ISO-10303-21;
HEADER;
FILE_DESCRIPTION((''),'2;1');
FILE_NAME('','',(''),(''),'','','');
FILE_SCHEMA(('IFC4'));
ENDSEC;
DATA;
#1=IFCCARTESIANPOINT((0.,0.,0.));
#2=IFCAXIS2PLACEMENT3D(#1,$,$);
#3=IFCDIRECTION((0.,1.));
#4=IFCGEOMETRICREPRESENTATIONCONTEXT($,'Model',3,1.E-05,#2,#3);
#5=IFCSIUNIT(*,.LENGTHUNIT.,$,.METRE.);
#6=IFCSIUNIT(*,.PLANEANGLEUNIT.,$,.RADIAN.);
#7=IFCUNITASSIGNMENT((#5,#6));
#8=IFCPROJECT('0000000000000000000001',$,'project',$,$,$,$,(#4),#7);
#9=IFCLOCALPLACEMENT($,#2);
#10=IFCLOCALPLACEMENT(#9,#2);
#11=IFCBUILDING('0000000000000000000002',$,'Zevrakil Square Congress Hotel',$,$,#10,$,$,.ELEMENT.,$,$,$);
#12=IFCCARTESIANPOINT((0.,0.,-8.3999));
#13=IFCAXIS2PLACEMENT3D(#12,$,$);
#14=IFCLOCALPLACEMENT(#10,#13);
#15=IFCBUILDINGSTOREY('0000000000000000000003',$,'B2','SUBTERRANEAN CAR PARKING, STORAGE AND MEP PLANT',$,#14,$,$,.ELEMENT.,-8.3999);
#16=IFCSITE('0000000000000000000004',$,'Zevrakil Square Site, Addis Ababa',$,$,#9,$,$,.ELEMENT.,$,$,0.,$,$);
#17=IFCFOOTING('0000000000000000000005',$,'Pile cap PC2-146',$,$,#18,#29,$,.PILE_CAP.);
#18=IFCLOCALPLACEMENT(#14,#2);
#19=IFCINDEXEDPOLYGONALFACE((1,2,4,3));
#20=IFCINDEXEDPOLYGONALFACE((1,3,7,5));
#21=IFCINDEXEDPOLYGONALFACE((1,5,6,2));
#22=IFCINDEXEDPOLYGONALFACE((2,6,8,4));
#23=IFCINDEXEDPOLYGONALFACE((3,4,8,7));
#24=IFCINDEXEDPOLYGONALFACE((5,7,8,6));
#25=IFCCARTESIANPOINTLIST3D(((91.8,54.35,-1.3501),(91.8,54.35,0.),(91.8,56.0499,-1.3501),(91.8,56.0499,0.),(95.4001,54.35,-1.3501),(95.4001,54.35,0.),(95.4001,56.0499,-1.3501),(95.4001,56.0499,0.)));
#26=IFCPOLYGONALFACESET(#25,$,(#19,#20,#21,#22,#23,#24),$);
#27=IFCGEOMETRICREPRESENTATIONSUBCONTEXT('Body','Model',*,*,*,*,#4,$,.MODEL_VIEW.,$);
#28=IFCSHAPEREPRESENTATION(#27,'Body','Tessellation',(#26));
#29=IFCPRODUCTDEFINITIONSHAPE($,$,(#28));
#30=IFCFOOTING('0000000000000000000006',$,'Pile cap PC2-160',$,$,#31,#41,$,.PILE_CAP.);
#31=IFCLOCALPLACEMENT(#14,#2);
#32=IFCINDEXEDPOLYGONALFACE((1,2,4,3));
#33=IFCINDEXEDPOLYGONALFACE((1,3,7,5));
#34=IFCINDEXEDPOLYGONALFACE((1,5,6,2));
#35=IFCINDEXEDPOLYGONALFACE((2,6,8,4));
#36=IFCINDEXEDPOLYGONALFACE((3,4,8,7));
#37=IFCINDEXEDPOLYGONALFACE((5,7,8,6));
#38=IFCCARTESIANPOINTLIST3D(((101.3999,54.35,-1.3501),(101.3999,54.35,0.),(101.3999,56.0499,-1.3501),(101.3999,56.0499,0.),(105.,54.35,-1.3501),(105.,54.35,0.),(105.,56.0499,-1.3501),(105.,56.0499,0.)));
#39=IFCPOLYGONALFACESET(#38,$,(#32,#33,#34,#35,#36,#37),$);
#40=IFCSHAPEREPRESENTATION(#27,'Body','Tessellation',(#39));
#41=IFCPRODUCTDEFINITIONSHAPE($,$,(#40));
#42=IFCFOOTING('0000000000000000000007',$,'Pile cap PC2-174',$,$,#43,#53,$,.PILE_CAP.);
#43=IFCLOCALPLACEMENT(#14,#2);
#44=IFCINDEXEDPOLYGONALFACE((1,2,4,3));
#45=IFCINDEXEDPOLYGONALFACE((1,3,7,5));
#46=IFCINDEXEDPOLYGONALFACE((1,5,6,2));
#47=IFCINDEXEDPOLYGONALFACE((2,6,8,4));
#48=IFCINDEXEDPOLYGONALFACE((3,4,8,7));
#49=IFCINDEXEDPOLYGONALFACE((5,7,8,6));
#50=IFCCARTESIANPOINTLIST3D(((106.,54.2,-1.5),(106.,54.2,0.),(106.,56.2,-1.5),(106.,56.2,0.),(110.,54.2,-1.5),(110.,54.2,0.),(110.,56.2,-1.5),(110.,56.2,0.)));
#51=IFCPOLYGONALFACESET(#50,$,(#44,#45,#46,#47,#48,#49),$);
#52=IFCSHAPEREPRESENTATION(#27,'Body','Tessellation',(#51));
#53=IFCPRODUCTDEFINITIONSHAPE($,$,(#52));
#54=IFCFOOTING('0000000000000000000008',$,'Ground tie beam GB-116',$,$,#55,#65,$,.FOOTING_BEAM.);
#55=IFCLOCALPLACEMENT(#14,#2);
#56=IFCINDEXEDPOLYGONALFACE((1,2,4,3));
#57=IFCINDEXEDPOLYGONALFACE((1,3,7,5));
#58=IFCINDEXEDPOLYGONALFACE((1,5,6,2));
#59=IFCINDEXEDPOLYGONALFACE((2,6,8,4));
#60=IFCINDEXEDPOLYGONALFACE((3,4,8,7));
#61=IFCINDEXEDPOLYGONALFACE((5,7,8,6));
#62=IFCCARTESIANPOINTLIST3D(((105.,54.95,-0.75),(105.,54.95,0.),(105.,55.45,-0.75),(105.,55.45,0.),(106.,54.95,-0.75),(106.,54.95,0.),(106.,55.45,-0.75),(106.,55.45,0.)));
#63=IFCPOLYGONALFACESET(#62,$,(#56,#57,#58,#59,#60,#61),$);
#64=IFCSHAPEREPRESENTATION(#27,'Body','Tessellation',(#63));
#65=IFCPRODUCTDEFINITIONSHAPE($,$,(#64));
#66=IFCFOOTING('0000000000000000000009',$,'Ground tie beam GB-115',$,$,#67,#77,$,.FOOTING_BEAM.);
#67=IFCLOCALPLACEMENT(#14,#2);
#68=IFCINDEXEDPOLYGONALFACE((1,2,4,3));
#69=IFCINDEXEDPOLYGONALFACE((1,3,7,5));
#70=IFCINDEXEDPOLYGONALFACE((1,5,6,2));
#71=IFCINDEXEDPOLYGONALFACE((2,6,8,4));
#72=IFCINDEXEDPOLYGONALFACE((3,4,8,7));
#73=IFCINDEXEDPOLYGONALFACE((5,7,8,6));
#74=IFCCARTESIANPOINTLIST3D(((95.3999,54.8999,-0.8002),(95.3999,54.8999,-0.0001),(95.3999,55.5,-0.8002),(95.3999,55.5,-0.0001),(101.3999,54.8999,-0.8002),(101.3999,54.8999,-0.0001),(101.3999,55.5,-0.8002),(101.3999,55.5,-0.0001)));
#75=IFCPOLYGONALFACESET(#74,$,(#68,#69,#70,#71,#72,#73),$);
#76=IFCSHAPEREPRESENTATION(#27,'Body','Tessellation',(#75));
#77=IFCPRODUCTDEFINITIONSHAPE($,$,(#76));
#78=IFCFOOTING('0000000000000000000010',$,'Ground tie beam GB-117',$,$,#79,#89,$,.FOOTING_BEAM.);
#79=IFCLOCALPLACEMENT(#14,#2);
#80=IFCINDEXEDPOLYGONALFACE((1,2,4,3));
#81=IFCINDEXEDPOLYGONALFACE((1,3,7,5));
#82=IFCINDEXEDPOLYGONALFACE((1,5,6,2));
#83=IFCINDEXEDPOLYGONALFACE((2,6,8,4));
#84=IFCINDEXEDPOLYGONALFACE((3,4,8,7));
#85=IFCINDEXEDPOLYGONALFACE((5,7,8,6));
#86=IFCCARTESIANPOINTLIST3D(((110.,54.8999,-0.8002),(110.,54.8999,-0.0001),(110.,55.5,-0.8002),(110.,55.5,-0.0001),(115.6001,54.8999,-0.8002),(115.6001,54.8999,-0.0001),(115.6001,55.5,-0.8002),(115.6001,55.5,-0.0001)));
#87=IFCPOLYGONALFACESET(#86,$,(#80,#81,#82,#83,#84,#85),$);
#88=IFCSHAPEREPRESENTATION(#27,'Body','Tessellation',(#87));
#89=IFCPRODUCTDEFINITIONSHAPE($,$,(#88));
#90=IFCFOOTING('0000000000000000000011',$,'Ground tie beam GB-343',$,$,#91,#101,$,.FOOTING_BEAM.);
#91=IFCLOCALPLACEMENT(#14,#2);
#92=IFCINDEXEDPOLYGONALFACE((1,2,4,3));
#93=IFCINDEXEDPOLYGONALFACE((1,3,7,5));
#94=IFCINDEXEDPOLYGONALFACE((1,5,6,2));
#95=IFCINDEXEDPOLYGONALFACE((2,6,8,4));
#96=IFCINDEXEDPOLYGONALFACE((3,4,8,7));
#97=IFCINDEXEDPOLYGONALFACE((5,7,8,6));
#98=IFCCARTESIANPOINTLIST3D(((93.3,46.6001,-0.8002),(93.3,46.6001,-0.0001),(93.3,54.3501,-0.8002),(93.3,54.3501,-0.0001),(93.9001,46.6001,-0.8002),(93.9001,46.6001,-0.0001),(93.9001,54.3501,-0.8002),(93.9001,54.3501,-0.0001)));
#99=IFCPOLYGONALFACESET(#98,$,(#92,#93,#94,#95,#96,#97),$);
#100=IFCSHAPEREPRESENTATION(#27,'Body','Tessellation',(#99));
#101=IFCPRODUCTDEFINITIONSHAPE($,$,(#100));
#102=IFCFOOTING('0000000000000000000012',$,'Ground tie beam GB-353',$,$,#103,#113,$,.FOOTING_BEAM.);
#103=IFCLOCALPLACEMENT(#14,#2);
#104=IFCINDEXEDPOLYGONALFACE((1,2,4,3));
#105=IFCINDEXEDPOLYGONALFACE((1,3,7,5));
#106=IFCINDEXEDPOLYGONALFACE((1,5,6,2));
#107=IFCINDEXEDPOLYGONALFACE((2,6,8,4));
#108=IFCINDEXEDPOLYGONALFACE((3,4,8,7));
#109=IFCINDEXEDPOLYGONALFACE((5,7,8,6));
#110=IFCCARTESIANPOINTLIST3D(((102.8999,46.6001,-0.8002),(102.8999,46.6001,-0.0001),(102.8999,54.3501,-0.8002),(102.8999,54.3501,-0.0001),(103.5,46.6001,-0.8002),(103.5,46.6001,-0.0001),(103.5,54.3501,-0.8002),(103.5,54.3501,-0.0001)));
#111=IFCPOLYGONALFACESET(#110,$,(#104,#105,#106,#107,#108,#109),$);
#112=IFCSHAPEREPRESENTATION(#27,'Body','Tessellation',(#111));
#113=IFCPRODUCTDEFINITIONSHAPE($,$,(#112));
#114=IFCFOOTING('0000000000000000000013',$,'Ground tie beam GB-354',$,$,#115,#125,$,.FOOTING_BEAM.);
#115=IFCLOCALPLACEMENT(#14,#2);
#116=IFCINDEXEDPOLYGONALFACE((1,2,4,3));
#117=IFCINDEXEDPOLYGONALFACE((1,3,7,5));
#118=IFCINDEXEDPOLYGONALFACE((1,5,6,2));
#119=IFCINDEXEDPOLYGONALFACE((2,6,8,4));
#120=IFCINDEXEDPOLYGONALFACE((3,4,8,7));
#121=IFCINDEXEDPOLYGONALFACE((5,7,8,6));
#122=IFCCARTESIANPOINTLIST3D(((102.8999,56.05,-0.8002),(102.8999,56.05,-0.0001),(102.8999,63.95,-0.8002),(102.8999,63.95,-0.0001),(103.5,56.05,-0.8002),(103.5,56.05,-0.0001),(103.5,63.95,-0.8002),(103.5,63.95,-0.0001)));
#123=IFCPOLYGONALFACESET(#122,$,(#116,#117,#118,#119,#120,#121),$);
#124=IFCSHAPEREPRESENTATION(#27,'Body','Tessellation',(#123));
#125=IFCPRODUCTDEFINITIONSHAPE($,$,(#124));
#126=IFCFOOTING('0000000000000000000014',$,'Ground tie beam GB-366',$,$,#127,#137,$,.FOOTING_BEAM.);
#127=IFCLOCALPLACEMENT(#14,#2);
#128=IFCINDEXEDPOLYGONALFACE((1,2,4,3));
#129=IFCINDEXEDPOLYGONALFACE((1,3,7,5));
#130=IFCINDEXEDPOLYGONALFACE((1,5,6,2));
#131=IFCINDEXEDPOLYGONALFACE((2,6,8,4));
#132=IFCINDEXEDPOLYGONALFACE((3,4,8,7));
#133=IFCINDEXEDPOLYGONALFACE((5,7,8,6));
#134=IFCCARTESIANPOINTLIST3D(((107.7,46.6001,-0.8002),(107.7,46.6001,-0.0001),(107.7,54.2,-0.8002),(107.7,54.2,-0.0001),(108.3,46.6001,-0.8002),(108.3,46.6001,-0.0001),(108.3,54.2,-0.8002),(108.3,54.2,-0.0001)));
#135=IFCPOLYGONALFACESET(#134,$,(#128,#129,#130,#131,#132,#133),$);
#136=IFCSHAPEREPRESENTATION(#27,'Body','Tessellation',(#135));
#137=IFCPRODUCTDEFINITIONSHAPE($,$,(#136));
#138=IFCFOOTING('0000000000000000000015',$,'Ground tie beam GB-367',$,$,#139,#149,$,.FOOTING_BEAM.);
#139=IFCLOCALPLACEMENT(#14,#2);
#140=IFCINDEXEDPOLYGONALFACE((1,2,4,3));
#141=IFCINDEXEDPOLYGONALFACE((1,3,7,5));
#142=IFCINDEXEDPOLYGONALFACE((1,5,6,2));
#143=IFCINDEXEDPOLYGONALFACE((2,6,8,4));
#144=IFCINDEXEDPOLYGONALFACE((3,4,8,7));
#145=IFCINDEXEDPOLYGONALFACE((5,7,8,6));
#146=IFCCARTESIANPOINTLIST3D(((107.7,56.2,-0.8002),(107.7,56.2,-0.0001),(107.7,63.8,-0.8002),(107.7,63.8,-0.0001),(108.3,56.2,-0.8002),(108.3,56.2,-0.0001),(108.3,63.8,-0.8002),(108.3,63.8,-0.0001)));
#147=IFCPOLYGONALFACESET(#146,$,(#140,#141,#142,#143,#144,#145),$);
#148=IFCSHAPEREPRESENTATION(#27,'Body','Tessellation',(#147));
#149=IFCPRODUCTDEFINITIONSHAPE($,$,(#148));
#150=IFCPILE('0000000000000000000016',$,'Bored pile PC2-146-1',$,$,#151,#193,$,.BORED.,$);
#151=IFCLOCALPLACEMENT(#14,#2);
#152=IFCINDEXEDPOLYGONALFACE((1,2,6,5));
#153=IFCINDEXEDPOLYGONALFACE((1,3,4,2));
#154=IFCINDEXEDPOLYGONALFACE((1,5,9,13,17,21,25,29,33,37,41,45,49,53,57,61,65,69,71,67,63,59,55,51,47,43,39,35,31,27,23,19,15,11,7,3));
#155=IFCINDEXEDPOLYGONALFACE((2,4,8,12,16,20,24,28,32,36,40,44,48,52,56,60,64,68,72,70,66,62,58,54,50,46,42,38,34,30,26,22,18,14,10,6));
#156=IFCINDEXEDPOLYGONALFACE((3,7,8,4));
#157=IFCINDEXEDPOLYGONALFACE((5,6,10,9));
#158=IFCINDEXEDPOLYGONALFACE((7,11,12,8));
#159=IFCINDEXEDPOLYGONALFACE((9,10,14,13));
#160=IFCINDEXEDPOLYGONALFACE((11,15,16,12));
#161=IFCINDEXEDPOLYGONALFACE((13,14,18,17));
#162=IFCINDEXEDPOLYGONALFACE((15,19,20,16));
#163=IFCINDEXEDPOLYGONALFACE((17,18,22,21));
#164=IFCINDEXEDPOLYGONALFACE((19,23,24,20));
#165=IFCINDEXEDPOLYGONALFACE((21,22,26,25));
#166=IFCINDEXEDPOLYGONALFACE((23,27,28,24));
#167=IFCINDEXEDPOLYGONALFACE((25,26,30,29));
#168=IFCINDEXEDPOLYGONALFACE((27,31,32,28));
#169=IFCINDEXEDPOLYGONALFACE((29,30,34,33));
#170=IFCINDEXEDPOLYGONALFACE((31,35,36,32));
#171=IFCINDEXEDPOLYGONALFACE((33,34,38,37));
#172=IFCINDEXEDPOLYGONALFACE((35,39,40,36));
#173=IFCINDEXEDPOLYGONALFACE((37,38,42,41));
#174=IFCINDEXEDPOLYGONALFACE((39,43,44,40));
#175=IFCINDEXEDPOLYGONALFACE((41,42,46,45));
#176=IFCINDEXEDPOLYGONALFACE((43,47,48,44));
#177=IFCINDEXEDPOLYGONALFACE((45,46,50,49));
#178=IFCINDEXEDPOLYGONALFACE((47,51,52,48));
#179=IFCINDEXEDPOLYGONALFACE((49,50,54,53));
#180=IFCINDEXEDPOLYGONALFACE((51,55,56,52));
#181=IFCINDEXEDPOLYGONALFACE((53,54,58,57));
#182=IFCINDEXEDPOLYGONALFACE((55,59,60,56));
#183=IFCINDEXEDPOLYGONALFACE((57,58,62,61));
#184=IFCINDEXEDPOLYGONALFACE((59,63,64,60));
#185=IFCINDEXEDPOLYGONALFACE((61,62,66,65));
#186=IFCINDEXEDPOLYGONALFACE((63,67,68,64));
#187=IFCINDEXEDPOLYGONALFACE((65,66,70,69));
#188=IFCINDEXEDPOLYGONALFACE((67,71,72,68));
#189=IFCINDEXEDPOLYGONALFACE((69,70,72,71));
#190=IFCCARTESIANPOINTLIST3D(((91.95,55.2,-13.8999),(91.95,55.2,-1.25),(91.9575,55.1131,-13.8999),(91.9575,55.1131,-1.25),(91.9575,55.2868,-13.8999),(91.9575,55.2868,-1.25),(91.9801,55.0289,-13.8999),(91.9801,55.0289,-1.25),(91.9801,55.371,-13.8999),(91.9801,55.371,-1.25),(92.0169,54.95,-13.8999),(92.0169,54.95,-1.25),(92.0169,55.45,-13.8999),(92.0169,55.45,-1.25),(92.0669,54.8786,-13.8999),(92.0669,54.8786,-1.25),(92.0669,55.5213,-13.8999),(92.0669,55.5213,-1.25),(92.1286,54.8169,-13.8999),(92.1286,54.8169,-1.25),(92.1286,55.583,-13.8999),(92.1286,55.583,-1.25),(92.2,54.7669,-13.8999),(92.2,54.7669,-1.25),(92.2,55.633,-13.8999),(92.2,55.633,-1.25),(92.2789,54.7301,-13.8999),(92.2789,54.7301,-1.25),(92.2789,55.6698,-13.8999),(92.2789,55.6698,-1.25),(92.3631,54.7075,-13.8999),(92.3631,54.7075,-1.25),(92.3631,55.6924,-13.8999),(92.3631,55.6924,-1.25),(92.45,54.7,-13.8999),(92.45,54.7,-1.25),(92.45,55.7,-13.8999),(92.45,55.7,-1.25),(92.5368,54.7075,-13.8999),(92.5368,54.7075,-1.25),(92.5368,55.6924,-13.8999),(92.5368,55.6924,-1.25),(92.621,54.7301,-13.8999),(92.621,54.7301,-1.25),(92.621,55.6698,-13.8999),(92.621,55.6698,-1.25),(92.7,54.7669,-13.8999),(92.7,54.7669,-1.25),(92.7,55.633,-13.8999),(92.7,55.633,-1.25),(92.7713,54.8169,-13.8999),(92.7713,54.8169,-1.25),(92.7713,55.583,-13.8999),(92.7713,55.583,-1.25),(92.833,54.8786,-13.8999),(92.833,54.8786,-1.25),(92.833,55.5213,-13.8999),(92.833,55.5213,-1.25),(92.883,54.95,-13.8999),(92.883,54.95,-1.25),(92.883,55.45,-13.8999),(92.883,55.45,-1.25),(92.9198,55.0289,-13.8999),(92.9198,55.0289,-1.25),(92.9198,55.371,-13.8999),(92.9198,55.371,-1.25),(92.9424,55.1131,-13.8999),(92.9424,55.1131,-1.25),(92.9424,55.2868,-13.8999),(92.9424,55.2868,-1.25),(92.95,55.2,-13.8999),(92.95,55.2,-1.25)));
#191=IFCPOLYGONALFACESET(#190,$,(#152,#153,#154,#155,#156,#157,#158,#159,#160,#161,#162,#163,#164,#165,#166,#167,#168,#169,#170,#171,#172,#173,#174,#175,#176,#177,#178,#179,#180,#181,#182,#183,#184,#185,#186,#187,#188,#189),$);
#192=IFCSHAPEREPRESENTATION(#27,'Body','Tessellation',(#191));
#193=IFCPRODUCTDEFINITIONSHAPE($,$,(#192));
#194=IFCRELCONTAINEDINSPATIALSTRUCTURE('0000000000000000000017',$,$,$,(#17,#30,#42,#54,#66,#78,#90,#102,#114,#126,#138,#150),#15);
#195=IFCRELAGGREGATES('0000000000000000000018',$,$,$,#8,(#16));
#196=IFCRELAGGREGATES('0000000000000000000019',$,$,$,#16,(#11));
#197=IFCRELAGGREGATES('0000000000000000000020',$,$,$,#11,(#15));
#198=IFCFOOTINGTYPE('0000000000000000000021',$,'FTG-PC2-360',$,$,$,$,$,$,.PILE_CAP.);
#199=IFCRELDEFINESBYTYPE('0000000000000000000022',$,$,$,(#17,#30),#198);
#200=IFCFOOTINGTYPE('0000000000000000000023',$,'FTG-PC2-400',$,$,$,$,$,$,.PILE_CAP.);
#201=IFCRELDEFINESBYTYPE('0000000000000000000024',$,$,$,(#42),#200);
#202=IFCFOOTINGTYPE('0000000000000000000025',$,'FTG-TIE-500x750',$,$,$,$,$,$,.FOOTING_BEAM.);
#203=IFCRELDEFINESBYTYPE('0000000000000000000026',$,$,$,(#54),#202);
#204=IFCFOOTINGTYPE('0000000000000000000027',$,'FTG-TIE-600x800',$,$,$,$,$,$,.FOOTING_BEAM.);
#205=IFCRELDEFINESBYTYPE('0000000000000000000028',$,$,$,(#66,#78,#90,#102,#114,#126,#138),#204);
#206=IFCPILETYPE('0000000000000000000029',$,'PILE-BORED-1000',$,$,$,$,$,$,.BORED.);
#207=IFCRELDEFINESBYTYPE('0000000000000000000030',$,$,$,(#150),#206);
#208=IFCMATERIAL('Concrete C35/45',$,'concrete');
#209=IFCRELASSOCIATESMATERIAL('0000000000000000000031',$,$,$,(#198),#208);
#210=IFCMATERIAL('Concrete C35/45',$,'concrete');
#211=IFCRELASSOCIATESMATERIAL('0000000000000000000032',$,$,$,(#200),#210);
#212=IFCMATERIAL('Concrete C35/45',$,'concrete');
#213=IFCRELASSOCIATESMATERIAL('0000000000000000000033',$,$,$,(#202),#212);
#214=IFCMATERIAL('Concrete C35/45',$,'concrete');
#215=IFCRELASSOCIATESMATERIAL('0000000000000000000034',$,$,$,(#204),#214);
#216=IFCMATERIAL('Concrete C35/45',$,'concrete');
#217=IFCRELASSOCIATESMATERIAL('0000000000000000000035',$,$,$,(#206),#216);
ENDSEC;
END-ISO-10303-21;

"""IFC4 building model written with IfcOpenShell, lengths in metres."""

from ifc_helpers import new_model, si_unit, direction, frame, origin, origin_2d, place, context, subcontext, project, spatial, rectangle, circle, extrude, material, material_profile, profile_set, type_object, element, save


model = new_model("IFC4")

# Units and contexts
model_context = context("Model", 3, precision=1e-05, world=origin(), true_north=direction((0.0, 1.0)))
body_context = subcontext(model_context, "Body", "Model", "MODEL_VIEW")
ifc_project = project(units=[si_unit("LENGTHUNIT", "METRE"), si_unit("PLANEANGLEUNIT", "RADIAN")], contexts=[model_context])

# Site, building, storey
site_placement = place(None, origin())
site = spatial("IfcSite", under=ifc_project, at=site_placement, Name="Zevrakil Square Site, Addis Ababa", CompositionType="ELEMENT", RefElevation=0.0)
building_placement = place(site_placement, origin())
building = spatial("IfcBuilding", under=site, at=building_placement, Name="Zevrakil Square Congress Hotel", CompositionType="ELEMENT")
storey_placement = place(building_placement, frame((0.0, 0.0, -8.3999)))
storey = spatial("IfcBuildingStorey", under=building, at=storey_placement, Name="B2", Description="SUBTERRANEAN CAR PARKING, STORAGE AND MEP PLANT", CompositionType="ELEMENT", Elevation=-8.3999)

# Footings
ifc_material_1 = material(Name="Concrete C35/45", Category="concrete")
footing_type_1 = type_object("IfcFootingType", Name="FTG-PC2-360", PredefinedType="PILE_CAP", material=ifc_material_1)
for number, where, z_axis, x_axis, name in (
    (1, (93.6001, 55.2, -1.3501), (0.0, 0.0, 1.0), (1.0, 0.0, 0.0), "Pile cap PC2-146"),
    (2, (103.2, 55.2, -1.3501), (0.0, 0.0, 1.0), (1.0, 0.0, 0.0), "Pile cap PC2-160"),
):
    element("IfcFooting", number, at=place(storey_placement, frame(where, z_axis=z_axis, x_axis=x_axis)), inside=storey, type_object=footing_type_1, Name=name, PredefinedType="PILE_CAP", context=body_context, shape_type="SweptSolid", body=[
        extrude(rectangle(XDim=3.6001, YDim=1.7, at=origin_2d()), origin(), (0.0, 0.0, 1.0), 1.3501),
    ])
ifc_material_2 = material(Name="Concrete C35/45", Category="concrete")
footing_type_2 = type_object("IfcFootingType", Name="FTG-PC2-400", PredefinedType="PILE_CAP", material=ifc_material_2)
footing_1_placement = place(storey_placement, frame((108.0, 55.2, -1.5), z_axis=(0.0, 0.0, 1.0), x_axis=(1.0, 0.0, 0.0)))
element("IfcFooting", 3, at=footing_1_placement, inside=storey, type_object=footing_type_2, Name="Pile cap PC2-174", PredefinedType="PILE_CAP", context=body_context, shape_type="SweptSolid", body=[
    extrude(rectangle(XDim=4.0, YDim=2.0, at=origin_2d()), origin(), (0.0, 0.0, 1.0), 1.5),
])
ifc_material_3 = material(Name="Concrete C35/45", Category="concrete")
ifc_material_profile_1 = material_profile(ifc_material_3, rectangle(XDim=0.5, YDim=0.75, at=origin_2d()), Name="RC 500x750")
ifc_profile_set_1 = profile_set([ifc_material_profile_1], Name="Concrete C35/45")
footing_type_3 = type_object("IfcFootingType", Name="FTG-TIE-500x750", PredefinedType="FOOTING_BEAM", material=ifc_profile_set_1)
footing_2_placement = place(storey_placement, frame((105.0, 55.2, -0.375), z_axis=(1.0, 0.0, 0.0), x_axis=(0.0, 1.0, 0.0)))
element("IfcFooting", 4, at=footing_2_placement, inside=storey, type_object=footing_type_3, Name="Ground tie beam GB-116", PredefinedType="FOOTING_BEAM", context=body_context, shape_type="SweptSolid", body=[
    extrude(rectangle(XDim=0.5, YDim=0.75, at=origin_2d()), origin(), (0.0, 0.0, 1.0), 1.0),
])
ifc_material_4 = material(Name="Concrete C35/45", Category="concrete")
ifc_material_profile_2 = material_profile(ifc_material_4, rectangle(XDim=0.6001, YDim=0.8, at=origin_2d()), Name="RC 600x800")
ifc_profile_set_2 = profile_set([ifc_material_profile_2], Name="Concrete C35/45")
footing_type_4 = type_object("IfcFootingType", Name="FTG-TIE-600x800", PredefinedType="FOOTING_BEAM", material=ifc_profile_set_2)
footing_3_placement = place(storey_placement, frame((95.3999, 55.2, -0.4001), z_axis=(1.0, 0.0, 0.0), x_axis=(0.0, 1.0, 0.0)))
element("IfcFooting", 5, at=footing_3_placement, inside=storey, type_object=footing_type_4, Name="Ground tie beam GB-115", PredefinedType="FOOTING_BEAM", context=body_context, shape_type="SweptSolid", body=[
    extrude(rectangle(XDim=0.6001, YDim=0.8, at=origin_2d()), origin(), (0.0, 0.0, 1.0), 6.0),
])
footing_4_placement = place(storey_placement, frame((110.0, 55.2, -0.4001), z_axis=(1.0, 0.0, 0.0), x_axis=(0.0, 1.0, 0.0)))
element("IfcFooting", 6, at=footing_4_placement, inside=storey, type_object=footing_type_4, Name="Ground tie beam GB-117", PredefinedType="FOOTING_BEAM", context=body_context, shape_type="SweptSolid", body=[
    extrude(rectangle(XDim=0.6001, YDim=0.8, at=origin_2d()), origin(), (0.0, 0.0, 1.0), 5.6001),
])
for number, where, z_axis, x_axis, name in (
    (7, (93.6001, 46.6001, -0.4001), (0.0, 1.0, 0.0), (-1.0, 0.0, 0.0), "Ground tie beam GB-343"),
    (8, (103.2, 46.6001, -0.4001), (0.0, 1.0, 0.0), (-1.0, 0.0, 0.0), "Ground tie beam GB-353"),
):
    element("IfcFooting", number, at=place(storey_placement, frame(where, z_axis=z_axis, x_axis=x_axis)), inside=storey, type_object=footing_type_4, Name=name, PredefinedType="FOOTING_BEAM", context=body_context, shape_type="SweptSolid", body=[
        extrude(rectangle(XDim=0.6001, YDim=0.8, at=origin_2d()), origin(), (0.0, 0.0, 1.0), 7.75),
    ])
footing_5_placement = place(storey_placement, frame((103.2, 56.05, -0.4001), z_axis=(0.0, 1.0, 0.0), x_axis=(-1.0, 0.0, 0.0)))
element("IfcFooting", 9, at=footing_5_placement, inside=storey, type_object=footing_type_4, Name="Ground tie beam GB-354", PredefinedType="FOOTING_BEAM", context=body_context, shape_type="SweptSolid", body=[
    extrude(rectangle(XDim=0.6001, YDim=0.8, at=origin_2d()), origin(), (0.0, 0.0, 1.0), 7.8999),
])
footing_6_placement = place(storey_placement, frame((108.0, 46.6001, -0.4001), z_axis=(0.0, 1.0, 0.0), x_axis=(-1.0, 0.0, 0.0)))
element("IfcFooting", 10, at=footing_6_placement, inside=storey, type_object=footing_type_4, Name="Ground tie beam GB-366", PredefinedType="FOOTING_BEAM", context=body_context, shape_type="SweptSolid", body=[
    extrude(rectangle(XDim=0.6001, YDim=0.8, at=origin_2d()), origin(), (0.0, 0.0, 1.0), 7.5999),
])
footing_7_placement = place(storey_placement, frame((108.0, 56.2, -0.4001), z_axis=(0.0, 1.0, 0.0), x_axis=(-1.0, 0.0, 0.0)))
element("IfcFooting", 11, at=footing_7_placement, inside=storey, type_object=footing_type_4, Name="Ground tie beam GB-367", PredefinedType="FOOTING_BEAM", context=body_context, shape_type="SweptSolid", body=[
    extrude(rectangle(XDim=0.6001, YDim=0.8, at=origin_2d()), origin(), (0.0, 0.0, 1.0), 7.6001),
])

# Pile
ifc_material_5 = material(Name="Concrete C35/45", Category="concrete")
ifc_material_profile_3 = material_profile(ifc_material_5, circle(Radius=0.5, at=origin_2d()), Name="PILE D1000")
ifc_profile_set_3 = profile_set([ifc_material_profile_3], Name="Concrete C35/45")
pile_type = type_object("IfcPileType", Name="PILE-BORED-1000", PredefinedType="BORED", material=ifc_profile_set_3)
for number, where, z_axis, x_axis, name in (
    (12, (92.45, 55.2, -1.25), (0.0, 0.0, -1.0), (1.0, 0.0, 0.0), "Bored pile PC2-146-1"),
):
    element("IfcPile", number, at=place(storey_placement, frame(where, z_axis=z_axis, x_axis=x_axis)), inside=storey, type_object=pile_type, Name=name, PredefinedType="BORED", context=body_context, shape_type="SweptSolid", body=[
        extrude(circle(Radius=0.5, at=origin_2d()), origin(), (0.0, 0.0, 1.0), 12.6499),
    ])

save(model, "model.ifc")
